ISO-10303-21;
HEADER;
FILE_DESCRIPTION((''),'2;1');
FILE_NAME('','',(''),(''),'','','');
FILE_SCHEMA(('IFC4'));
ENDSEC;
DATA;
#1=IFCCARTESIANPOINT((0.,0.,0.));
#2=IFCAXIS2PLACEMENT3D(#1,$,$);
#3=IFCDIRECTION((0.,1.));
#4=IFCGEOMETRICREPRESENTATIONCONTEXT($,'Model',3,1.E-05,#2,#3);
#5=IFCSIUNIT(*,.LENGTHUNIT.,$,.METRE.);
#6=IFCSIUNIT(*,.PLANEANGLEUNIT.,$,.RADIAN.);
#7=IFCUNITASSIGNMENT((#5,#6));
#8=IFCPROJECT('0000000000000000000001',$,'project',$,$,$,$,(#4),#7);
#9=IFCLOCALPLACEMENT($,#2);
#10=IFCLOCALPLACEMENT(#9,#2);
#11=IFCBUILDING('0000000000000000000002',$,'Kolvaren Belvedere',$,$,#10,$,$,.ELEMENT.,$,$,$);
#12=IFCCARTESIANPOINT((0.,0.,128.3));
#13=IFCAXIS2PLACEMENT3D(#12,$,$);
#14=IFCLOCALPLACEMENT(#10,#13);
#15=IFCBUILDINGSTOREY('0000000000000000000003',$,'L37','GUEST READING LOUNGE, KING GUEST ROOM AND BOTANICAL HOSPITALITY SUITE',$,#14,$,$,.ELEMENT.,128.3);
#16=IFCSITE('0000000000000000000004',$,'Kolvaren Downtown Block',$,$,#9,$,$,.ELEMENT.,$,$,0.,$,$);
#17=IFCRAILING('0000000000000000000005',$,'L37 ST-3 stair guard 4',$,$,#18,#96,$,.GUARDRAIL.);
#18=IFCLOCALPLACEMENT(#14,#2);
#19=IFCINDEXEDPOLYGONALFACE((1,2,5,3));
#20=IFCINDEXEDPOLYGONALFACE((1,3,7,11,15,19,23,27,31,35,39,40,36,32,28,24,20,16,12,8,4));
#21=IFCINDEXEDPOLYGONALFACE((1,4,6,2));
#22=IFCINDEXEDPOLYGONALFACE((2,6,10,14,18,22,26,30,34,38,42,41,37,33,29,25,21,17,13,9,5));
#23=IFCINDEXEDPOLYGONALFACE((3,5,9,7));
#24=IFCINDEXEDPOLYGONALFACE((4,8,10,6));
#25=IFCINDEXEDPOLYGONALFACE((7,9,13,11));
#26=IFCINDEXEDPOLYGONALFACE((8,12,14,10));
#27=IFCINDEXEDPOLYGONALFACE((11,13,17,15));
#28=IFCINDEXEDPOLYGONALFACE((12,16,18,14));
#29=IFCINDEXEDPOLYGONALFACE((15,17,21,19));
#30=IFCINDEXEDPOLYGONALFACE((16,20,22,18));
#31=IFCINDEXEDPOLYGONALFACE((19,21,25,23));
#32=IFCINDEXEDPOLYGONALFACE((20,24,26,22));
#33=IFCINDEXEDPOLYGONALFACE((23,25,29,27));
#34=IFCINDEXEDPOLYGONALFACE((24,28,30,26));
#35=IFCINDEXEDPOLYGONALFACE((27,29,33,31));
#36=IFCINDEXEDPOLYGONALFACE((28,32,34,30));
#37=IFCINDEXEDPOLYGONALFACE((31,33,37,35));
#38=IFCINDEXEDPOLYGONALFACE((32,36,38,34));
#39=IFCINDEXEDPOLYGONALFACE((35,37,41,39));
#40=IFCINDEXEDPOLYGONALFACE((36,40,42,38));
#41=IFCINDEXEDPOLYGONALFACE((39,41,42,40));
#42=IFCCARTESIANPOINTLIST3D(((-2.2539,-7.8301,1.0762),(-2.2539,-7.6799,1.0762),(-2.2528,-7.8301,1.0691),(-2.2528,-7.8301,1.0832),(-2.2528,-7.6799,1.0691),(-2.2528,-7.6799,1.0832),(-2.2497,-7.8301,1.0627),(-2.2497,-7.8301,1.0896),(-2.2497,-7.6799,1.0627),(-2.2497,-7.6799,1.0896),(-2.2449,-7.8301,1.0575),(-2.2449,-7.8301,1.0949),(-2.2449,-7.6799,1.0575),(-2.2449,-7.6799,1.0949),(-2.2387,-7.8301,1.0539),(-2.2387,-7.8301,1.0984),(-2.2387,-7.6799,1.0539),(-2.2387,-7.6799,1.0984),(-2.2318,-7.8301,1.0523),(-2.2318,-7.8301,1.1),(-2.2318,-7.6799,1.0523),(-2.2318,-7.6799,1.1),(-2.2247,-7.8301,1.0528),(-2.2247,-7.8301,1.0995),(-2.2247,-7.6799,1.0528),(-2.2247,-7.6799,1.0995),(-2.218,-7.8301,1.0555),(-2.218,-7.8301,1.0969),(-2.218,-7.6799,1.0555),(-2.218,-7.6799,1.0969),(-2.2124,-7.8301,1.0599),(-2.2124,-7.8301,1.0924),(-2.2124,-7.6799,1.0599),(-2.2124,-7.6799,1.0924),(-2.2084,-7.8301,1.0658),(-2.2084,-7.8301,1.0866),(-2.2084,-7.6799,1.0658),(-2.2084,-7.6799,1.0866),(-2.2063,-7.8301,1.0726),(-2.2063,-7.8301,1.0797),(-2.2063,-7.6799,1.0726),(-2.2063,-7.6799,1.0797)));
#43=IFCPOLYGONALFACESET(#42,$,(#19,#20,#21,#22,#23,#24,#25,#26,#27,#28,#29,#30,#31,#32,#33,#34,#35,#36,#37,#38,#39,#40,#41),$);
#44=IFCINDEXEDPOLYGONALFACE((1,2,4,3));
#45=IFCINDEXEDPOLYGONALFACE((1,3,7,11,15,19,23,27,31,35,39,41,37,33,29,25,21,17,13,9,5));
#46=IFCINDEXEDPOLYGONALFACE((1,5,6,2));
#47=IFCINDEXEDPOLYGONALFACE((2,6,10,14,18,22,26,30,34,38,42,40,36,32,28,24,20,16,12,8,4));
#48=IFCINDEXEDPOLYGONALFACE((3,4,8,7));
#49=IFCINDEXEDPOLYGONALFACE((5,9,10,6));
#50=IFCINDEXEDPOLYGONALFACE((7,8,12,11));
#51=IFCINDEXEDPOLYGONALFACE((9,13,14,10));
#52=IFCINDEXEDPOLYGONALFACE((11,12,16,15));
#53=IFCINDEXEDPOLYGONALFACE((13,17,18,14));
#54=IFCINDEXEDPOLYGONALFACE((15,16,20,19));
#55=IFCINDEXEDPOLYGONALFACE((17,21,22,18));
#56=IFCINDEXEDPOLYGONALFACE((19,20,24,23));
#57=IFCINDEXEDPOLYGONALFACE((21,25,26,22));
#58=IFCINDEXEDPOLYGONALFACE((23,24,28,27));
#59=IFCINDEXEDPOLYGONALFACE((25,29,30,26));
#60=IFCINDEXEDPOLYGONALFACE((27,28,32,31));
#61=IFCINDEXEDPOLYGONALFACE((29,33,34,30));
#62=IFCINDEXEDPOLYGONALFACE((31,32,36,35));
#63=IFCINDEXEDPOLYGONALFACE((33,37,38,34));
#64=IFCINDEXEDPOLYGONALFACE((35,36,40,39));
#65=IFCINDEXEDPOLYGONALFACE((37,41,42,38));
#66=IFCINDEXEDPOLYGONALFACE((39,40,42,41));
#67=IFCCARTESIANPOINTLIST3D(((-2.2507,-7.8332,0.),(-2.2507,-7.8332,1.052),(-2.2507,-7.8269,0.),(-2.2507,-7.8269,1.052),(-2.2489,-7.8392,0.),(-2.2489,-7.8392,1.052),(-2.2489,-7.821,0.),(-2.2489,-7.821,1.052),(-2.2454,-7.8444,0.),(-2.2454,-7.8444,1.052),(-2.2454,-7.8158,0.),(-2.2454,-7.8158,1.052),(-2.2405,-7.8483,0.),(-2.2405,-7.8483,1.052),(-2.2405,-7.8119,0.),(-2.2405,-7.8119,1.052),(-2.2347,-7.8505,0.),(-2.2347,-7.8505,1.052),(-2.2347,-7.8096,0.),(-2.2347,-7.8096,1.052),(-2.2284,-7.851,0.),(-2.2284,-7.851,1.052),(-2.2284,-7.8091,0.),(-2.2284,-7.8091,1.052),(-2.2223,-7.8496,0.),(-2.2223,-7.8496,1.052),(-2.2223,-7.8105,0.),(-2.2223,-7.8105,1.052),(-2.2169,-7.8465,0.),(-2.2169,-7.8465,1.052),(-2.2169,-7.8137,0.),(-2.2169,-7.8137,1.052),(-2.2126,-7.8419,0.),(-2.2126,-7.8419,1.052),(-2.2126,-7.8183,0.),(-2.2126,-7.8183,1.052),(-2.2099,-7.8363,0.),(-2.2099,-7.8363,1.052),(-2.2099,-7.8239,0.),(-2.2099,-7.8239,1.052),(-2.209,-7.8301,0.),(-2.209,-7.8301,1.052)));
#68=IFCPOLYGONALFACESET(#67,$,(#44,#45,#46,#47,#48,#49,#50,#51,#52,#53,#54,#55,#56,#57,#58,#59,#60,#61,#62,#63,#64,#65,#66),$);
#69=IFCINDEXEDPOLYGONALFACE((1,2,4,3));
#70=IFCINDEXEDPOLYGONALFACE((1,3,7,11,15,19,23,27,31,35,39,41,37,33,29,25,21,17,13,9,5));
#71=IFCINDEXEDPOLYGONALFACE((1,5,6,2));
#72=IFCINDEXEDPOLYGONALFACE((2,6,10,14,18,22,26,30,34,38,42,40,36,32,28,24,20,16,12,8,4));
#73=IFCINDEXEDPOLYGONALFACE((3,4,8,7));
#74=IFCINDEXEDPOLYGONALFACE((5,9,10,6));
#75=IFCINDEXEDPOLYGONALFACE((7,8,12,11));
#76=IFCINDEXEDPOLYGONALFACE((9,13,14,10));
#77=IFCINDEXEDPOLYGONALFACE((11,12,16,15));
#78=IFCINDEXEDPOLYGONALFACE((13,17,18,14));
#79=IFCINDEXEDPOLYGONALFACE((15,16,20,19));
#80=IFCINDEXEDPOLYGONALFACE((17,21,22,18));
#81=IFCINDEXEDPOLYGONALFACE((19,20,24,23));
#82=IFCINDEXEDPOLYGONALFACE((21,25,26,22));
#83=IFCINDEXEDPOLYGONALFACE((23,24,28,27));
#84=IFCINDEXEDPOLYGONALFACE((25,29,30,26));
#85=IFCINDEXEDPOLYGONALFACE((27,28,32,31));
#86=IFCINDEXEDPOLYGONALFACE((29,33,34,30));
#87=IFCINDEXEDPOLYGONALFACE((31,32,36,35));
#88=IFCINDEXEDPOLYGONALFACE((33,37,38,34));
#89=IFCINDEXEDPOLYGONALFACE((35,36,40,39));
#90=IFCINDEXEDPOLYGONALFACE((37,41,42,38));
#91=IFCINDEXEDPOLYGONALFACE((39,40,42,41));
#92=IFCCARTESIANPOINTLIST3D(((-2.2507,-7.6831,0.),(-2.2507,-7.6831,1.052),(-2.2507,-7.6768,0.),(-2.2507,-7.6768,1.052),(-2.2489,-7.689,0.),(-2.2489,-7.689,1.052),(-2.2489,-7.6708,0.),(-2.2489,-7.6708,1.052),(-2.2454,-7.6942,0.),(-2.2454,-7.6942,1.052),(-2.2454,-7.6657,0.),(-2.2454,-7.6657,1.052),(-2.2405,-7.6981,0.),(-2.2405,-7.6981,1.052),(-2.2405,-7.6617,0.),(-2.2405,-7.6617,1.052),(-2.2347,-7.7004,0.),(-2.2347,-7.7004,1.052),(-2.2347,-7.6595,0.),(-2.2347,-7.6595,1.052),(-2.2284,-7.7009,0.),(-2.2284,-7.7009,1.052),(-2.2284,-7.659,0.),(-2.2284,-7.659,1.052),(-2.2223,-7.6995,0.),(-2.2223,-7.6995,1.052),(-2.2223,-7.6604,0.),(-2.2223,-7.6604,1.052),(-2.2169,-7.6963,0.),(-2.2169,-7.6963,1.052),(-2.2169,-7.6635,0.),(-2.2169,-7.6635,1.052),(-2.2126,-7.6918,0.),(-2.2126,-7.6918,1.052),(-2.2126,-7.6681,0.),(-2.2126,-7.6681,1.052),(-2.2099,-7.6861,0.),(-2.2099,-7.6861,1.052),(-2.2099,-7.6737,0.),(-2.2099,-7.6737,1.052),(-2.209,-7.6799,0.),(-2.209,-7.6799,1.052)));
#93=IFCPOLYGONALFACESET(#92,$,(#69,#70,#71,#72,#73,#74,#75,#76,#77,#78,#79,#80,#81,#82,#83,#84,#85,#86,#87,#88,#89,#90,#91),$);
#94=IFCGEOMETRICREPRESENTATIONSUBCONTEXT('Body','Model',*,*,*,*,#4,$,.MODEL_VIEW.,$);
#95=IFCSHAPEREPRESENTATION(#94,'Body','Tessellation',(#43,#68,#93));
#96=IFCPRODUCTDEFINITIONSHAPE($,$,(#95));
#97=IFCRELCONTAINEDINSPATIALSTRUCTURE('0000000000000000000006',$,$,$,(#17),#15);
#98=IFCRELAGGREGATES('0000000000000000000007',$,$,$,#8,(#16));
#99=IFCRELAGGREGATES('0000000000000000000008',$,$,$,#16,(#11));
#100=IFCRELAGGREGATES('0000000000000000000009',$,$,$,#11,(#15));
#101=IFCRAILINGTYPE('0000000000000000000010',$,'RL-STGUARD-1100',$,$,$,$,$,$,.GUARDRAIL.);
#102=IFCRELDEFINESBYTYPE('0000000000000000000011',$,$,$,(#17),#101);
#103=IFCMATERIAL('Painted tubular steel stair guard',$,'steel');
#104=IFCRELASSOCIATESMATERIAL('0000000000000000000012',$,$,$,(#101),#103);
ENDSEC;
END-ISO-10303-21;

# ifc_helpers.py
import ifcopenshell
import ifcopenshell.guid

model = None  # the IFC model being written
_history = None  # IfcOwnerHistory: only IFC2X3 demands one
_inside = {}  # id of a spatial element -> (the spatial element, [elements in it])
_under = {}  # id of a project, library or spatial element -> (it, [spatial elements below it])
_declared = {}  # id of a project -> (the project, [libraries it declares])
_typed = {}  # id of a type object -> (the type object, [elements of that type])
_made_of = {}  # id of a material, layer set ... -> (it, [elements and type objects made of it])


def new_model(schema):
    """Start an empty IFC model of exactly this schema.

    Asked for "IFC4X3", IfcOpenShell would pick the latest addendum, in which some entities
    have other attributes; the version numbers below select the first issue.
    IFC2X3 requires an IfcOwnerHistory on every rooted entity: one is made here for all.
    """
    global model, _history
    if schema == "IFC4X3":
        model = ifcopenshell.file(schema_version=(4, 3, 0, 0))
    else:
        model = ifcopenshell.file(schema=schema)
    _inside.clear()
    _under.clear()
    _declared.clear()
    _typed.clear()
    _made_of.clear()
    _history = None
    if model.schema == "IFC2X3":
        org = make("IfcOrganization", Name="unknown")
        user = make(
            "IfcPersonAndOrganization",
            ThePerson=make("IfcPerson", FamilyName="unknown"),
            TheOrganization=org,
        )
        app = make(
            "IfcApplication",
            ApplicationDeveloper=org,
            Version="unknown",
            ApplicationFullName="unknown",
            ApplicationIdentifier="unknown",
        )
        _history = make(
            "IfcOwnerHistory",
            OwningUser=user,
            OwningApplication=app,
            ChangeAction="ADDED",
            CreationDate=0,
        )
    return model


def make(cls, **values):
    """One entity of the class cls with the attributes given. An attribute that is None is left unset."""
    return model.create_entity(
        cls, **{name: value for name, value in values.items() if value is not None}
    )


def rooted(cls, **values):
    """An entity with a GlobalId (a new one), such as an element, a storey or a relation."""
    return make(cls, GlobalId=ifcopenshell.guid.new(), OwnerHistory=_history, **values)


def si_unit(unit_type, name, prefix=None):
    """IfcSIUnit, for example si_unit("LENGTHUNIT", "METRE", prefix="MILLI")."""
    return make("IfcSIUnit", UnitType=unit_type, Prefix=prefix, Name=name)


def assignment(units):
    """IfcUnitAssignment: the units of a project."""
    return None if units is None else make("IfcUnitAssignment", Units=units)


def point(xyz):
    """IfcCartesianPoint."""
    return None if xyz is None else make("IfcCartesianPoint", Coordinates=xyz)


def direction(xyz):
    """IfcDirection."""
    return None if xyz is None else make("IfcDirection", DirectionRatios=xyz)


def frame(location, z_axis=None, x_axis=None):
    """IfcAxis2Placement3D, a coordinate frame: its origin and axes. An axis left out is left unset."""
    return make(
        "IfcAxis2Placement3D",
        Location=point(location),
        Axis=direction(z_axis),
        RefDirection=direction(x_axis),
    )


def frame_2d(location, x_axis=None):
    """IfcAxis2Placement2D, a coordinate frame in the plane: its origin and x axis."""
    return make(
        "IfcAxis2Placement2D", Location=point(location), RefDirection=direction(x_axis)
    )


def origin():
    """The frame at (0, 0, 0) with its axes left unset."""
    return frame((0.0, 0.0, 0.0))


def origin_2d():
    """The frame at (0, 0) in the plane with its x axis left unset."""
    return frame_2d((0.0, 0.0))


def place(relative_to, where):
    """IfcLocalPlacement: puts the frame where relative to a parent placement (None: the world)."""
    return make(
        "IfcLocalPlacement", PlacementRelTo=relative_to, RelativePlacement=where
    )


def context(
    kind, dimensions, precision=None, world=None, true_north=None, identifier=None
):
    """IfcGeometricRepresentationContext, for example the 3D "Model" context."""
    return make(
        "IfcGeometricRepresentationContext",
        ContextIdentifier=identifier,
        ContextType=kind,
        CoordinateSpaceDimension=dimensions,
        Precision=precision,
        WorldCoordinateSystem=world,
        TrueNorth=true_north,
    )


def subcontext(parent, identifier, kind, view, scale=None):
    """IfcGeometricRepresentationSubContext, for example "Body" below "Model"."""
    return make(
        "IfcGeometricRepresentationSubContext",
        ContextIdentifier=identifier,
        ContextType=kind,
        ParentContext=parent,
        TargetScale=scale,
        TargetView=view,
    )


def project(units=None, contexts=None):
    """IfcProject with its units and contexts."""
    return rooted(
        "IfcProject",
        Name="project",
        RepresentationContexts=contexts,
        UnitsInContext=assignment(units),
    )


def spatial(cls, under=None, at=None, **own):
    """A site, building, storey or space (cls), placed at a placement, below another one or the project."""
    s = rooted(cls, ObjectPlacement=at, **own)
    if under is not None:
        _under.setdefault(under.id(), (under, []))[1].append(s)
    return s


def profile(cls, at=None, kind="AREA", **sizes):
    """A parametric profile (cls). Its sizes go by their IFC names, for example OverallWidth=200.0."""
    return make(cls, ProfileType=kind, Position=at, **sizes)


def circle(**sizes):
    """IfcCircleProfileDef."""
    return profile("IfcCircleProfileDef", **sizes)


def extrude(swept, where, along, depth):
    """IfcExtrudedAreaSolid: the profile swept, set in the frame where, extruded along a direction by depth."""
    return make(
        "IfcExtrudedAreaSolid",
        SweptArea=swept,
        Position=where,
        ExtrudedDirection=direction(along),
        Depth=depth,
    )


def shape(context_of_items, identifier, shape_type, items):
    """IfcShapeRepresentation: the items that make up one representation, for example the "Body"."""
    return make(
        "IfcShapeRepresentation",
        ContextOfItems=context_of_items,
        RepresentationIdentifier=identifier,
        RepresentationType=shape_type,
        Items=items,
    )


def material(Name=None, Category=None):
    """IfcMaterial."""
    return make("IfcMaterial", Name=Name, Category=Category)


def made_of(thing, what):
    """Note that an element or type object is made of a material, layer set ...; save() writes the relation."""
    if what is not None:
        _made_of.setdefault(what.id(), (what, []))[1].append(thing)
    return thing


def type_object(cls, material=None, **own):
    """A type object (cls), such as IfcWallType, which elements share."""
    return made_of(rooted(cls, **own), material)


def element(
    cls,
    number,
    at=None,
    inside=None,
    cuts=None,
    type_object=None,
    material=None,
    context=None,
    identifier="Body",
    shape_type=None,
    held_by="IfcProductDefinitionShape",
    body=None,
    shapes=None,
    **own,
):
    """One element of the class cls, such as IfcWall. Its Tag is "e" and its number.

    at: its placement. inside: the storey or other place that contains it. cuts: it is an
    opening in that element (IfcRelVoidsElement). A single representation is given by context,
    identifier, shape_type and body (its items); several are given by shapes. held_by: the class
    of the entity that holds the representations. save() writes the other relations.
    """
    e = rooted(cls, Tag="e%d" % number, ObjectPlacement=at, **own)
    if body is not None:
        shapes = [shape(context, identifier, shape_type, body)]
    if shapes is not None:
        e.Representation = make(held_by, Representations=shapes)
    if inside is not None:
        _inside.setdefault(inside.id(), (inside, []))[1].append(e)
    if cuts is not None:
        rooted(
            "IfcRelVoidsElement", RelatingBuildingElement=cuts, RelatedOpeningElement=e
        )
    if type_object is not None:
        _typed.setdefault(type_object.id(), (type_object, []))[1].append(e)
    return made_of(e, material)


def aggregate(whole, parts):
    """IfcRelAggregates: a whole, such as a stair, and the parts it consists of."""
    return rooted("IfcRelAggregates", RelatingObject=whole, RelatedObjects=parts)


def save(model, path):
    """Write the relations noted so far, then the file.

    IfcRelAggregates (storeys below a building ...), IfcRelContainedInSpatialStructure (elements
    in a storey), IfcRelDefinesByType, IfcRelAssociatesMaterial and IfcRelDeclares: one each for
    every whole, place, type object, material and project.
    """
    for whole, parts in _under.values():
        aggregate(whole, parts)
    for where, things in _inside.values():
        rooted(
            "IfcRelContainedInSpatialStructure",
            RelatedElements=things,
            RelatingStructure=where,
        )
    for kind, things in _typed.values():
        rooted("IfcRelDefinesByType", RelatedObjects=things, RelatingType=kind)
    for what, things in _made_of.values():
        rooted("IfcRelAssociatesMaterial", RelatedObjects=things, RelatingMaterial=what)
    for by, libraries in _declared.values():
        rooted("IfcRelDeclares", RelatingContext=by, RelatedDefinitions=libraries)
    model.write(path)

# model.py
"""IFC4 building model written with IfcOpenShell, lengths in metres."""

from ifc_helpers import new_model, si_unit, direction, frame, origin, origin_2d, place, context, subcontext, project, spatial, circle, extrude, material, type_object, element, save


model = new_model("IFC4")

# Units and contexts
model_context = context("Model", 3, precision=1e-05, world=origin(), true_north=direction((0.0, 1.0)))
body_context = subcontext(model_context, "Body", "Model", "MODEL_VIEW")
ifc_project = project(units=[si_unit("LENGTHUNIT", "METRE"), si_unit("PLANEANGLEUNIT", "RADIAN")], contexts=[model_context])

# Site, building, storey
site_placement = place(None, origin())
site = spatial("IfcSite", under=ifc_project, at=site_placement, Name="Kolvaren Downtown Block", CompositionType="ELEMENT", RefElevation=0.0)
building_placement = place(site_placement, origin())
building = spatial("IfcBuilding", under=site, at=building_placement, Name="Kolvaren Belvedere", CompositionType="ELEMENT")
storey_placement = place(building_placement, frame((0.0, 0.0, 128.3)))
storey = spatial("IfcBuildingStorey", under=building, at=storey_placement, Name="L37", Description="GUEST READING LOUNGE, KING GUEST ROOM AND BOTANICAL HOSPITALITY SUITE", CompositionType="ELEMENT", Elevation=128.3)

# Railing
ifc_material_1 = material(Name="Painted tubular steel stair guard", Category="steel")
railing_type_1 = type_object("IfcRailingType", Name="RL-STGUARD-1100", PredefinedType="GUARDRAIL", material=ifc_material_1)
railing_1_placement = place(storey_placement, frame((-2.23, -7.8301, 0.0)))
element("IfcRailing", 1, at=railing_1_placement, inside=storey, type_object=railing_type_1, Name="L37 ST-3 stair guard 4", PredefinedType="GUARDRAIL", context=body_context, shape_type="SweptSolid", body=[
    extrude(circle(Radius=0.0239, at=origin_2d()), frame((0.0, 0.0, 1.0762), z_axis=(0.0, 1.0, 0.0), x_axis=(-1.0, 0.0, 0.0)), (0.0, 0.0, 1.0), 0.1501),
    extrude(circle(Radius=0.021, at=origin_2d()), origin(), (0.0, 0.0, 1.0), 1.052),
    extrude(circle(Radius=0.021, at=origin_2d()), frame((0.0, 0.1501, 0.0)), (0.0, 0.0, 1.0), 1.052),
])

save(model, "model.ifc")
